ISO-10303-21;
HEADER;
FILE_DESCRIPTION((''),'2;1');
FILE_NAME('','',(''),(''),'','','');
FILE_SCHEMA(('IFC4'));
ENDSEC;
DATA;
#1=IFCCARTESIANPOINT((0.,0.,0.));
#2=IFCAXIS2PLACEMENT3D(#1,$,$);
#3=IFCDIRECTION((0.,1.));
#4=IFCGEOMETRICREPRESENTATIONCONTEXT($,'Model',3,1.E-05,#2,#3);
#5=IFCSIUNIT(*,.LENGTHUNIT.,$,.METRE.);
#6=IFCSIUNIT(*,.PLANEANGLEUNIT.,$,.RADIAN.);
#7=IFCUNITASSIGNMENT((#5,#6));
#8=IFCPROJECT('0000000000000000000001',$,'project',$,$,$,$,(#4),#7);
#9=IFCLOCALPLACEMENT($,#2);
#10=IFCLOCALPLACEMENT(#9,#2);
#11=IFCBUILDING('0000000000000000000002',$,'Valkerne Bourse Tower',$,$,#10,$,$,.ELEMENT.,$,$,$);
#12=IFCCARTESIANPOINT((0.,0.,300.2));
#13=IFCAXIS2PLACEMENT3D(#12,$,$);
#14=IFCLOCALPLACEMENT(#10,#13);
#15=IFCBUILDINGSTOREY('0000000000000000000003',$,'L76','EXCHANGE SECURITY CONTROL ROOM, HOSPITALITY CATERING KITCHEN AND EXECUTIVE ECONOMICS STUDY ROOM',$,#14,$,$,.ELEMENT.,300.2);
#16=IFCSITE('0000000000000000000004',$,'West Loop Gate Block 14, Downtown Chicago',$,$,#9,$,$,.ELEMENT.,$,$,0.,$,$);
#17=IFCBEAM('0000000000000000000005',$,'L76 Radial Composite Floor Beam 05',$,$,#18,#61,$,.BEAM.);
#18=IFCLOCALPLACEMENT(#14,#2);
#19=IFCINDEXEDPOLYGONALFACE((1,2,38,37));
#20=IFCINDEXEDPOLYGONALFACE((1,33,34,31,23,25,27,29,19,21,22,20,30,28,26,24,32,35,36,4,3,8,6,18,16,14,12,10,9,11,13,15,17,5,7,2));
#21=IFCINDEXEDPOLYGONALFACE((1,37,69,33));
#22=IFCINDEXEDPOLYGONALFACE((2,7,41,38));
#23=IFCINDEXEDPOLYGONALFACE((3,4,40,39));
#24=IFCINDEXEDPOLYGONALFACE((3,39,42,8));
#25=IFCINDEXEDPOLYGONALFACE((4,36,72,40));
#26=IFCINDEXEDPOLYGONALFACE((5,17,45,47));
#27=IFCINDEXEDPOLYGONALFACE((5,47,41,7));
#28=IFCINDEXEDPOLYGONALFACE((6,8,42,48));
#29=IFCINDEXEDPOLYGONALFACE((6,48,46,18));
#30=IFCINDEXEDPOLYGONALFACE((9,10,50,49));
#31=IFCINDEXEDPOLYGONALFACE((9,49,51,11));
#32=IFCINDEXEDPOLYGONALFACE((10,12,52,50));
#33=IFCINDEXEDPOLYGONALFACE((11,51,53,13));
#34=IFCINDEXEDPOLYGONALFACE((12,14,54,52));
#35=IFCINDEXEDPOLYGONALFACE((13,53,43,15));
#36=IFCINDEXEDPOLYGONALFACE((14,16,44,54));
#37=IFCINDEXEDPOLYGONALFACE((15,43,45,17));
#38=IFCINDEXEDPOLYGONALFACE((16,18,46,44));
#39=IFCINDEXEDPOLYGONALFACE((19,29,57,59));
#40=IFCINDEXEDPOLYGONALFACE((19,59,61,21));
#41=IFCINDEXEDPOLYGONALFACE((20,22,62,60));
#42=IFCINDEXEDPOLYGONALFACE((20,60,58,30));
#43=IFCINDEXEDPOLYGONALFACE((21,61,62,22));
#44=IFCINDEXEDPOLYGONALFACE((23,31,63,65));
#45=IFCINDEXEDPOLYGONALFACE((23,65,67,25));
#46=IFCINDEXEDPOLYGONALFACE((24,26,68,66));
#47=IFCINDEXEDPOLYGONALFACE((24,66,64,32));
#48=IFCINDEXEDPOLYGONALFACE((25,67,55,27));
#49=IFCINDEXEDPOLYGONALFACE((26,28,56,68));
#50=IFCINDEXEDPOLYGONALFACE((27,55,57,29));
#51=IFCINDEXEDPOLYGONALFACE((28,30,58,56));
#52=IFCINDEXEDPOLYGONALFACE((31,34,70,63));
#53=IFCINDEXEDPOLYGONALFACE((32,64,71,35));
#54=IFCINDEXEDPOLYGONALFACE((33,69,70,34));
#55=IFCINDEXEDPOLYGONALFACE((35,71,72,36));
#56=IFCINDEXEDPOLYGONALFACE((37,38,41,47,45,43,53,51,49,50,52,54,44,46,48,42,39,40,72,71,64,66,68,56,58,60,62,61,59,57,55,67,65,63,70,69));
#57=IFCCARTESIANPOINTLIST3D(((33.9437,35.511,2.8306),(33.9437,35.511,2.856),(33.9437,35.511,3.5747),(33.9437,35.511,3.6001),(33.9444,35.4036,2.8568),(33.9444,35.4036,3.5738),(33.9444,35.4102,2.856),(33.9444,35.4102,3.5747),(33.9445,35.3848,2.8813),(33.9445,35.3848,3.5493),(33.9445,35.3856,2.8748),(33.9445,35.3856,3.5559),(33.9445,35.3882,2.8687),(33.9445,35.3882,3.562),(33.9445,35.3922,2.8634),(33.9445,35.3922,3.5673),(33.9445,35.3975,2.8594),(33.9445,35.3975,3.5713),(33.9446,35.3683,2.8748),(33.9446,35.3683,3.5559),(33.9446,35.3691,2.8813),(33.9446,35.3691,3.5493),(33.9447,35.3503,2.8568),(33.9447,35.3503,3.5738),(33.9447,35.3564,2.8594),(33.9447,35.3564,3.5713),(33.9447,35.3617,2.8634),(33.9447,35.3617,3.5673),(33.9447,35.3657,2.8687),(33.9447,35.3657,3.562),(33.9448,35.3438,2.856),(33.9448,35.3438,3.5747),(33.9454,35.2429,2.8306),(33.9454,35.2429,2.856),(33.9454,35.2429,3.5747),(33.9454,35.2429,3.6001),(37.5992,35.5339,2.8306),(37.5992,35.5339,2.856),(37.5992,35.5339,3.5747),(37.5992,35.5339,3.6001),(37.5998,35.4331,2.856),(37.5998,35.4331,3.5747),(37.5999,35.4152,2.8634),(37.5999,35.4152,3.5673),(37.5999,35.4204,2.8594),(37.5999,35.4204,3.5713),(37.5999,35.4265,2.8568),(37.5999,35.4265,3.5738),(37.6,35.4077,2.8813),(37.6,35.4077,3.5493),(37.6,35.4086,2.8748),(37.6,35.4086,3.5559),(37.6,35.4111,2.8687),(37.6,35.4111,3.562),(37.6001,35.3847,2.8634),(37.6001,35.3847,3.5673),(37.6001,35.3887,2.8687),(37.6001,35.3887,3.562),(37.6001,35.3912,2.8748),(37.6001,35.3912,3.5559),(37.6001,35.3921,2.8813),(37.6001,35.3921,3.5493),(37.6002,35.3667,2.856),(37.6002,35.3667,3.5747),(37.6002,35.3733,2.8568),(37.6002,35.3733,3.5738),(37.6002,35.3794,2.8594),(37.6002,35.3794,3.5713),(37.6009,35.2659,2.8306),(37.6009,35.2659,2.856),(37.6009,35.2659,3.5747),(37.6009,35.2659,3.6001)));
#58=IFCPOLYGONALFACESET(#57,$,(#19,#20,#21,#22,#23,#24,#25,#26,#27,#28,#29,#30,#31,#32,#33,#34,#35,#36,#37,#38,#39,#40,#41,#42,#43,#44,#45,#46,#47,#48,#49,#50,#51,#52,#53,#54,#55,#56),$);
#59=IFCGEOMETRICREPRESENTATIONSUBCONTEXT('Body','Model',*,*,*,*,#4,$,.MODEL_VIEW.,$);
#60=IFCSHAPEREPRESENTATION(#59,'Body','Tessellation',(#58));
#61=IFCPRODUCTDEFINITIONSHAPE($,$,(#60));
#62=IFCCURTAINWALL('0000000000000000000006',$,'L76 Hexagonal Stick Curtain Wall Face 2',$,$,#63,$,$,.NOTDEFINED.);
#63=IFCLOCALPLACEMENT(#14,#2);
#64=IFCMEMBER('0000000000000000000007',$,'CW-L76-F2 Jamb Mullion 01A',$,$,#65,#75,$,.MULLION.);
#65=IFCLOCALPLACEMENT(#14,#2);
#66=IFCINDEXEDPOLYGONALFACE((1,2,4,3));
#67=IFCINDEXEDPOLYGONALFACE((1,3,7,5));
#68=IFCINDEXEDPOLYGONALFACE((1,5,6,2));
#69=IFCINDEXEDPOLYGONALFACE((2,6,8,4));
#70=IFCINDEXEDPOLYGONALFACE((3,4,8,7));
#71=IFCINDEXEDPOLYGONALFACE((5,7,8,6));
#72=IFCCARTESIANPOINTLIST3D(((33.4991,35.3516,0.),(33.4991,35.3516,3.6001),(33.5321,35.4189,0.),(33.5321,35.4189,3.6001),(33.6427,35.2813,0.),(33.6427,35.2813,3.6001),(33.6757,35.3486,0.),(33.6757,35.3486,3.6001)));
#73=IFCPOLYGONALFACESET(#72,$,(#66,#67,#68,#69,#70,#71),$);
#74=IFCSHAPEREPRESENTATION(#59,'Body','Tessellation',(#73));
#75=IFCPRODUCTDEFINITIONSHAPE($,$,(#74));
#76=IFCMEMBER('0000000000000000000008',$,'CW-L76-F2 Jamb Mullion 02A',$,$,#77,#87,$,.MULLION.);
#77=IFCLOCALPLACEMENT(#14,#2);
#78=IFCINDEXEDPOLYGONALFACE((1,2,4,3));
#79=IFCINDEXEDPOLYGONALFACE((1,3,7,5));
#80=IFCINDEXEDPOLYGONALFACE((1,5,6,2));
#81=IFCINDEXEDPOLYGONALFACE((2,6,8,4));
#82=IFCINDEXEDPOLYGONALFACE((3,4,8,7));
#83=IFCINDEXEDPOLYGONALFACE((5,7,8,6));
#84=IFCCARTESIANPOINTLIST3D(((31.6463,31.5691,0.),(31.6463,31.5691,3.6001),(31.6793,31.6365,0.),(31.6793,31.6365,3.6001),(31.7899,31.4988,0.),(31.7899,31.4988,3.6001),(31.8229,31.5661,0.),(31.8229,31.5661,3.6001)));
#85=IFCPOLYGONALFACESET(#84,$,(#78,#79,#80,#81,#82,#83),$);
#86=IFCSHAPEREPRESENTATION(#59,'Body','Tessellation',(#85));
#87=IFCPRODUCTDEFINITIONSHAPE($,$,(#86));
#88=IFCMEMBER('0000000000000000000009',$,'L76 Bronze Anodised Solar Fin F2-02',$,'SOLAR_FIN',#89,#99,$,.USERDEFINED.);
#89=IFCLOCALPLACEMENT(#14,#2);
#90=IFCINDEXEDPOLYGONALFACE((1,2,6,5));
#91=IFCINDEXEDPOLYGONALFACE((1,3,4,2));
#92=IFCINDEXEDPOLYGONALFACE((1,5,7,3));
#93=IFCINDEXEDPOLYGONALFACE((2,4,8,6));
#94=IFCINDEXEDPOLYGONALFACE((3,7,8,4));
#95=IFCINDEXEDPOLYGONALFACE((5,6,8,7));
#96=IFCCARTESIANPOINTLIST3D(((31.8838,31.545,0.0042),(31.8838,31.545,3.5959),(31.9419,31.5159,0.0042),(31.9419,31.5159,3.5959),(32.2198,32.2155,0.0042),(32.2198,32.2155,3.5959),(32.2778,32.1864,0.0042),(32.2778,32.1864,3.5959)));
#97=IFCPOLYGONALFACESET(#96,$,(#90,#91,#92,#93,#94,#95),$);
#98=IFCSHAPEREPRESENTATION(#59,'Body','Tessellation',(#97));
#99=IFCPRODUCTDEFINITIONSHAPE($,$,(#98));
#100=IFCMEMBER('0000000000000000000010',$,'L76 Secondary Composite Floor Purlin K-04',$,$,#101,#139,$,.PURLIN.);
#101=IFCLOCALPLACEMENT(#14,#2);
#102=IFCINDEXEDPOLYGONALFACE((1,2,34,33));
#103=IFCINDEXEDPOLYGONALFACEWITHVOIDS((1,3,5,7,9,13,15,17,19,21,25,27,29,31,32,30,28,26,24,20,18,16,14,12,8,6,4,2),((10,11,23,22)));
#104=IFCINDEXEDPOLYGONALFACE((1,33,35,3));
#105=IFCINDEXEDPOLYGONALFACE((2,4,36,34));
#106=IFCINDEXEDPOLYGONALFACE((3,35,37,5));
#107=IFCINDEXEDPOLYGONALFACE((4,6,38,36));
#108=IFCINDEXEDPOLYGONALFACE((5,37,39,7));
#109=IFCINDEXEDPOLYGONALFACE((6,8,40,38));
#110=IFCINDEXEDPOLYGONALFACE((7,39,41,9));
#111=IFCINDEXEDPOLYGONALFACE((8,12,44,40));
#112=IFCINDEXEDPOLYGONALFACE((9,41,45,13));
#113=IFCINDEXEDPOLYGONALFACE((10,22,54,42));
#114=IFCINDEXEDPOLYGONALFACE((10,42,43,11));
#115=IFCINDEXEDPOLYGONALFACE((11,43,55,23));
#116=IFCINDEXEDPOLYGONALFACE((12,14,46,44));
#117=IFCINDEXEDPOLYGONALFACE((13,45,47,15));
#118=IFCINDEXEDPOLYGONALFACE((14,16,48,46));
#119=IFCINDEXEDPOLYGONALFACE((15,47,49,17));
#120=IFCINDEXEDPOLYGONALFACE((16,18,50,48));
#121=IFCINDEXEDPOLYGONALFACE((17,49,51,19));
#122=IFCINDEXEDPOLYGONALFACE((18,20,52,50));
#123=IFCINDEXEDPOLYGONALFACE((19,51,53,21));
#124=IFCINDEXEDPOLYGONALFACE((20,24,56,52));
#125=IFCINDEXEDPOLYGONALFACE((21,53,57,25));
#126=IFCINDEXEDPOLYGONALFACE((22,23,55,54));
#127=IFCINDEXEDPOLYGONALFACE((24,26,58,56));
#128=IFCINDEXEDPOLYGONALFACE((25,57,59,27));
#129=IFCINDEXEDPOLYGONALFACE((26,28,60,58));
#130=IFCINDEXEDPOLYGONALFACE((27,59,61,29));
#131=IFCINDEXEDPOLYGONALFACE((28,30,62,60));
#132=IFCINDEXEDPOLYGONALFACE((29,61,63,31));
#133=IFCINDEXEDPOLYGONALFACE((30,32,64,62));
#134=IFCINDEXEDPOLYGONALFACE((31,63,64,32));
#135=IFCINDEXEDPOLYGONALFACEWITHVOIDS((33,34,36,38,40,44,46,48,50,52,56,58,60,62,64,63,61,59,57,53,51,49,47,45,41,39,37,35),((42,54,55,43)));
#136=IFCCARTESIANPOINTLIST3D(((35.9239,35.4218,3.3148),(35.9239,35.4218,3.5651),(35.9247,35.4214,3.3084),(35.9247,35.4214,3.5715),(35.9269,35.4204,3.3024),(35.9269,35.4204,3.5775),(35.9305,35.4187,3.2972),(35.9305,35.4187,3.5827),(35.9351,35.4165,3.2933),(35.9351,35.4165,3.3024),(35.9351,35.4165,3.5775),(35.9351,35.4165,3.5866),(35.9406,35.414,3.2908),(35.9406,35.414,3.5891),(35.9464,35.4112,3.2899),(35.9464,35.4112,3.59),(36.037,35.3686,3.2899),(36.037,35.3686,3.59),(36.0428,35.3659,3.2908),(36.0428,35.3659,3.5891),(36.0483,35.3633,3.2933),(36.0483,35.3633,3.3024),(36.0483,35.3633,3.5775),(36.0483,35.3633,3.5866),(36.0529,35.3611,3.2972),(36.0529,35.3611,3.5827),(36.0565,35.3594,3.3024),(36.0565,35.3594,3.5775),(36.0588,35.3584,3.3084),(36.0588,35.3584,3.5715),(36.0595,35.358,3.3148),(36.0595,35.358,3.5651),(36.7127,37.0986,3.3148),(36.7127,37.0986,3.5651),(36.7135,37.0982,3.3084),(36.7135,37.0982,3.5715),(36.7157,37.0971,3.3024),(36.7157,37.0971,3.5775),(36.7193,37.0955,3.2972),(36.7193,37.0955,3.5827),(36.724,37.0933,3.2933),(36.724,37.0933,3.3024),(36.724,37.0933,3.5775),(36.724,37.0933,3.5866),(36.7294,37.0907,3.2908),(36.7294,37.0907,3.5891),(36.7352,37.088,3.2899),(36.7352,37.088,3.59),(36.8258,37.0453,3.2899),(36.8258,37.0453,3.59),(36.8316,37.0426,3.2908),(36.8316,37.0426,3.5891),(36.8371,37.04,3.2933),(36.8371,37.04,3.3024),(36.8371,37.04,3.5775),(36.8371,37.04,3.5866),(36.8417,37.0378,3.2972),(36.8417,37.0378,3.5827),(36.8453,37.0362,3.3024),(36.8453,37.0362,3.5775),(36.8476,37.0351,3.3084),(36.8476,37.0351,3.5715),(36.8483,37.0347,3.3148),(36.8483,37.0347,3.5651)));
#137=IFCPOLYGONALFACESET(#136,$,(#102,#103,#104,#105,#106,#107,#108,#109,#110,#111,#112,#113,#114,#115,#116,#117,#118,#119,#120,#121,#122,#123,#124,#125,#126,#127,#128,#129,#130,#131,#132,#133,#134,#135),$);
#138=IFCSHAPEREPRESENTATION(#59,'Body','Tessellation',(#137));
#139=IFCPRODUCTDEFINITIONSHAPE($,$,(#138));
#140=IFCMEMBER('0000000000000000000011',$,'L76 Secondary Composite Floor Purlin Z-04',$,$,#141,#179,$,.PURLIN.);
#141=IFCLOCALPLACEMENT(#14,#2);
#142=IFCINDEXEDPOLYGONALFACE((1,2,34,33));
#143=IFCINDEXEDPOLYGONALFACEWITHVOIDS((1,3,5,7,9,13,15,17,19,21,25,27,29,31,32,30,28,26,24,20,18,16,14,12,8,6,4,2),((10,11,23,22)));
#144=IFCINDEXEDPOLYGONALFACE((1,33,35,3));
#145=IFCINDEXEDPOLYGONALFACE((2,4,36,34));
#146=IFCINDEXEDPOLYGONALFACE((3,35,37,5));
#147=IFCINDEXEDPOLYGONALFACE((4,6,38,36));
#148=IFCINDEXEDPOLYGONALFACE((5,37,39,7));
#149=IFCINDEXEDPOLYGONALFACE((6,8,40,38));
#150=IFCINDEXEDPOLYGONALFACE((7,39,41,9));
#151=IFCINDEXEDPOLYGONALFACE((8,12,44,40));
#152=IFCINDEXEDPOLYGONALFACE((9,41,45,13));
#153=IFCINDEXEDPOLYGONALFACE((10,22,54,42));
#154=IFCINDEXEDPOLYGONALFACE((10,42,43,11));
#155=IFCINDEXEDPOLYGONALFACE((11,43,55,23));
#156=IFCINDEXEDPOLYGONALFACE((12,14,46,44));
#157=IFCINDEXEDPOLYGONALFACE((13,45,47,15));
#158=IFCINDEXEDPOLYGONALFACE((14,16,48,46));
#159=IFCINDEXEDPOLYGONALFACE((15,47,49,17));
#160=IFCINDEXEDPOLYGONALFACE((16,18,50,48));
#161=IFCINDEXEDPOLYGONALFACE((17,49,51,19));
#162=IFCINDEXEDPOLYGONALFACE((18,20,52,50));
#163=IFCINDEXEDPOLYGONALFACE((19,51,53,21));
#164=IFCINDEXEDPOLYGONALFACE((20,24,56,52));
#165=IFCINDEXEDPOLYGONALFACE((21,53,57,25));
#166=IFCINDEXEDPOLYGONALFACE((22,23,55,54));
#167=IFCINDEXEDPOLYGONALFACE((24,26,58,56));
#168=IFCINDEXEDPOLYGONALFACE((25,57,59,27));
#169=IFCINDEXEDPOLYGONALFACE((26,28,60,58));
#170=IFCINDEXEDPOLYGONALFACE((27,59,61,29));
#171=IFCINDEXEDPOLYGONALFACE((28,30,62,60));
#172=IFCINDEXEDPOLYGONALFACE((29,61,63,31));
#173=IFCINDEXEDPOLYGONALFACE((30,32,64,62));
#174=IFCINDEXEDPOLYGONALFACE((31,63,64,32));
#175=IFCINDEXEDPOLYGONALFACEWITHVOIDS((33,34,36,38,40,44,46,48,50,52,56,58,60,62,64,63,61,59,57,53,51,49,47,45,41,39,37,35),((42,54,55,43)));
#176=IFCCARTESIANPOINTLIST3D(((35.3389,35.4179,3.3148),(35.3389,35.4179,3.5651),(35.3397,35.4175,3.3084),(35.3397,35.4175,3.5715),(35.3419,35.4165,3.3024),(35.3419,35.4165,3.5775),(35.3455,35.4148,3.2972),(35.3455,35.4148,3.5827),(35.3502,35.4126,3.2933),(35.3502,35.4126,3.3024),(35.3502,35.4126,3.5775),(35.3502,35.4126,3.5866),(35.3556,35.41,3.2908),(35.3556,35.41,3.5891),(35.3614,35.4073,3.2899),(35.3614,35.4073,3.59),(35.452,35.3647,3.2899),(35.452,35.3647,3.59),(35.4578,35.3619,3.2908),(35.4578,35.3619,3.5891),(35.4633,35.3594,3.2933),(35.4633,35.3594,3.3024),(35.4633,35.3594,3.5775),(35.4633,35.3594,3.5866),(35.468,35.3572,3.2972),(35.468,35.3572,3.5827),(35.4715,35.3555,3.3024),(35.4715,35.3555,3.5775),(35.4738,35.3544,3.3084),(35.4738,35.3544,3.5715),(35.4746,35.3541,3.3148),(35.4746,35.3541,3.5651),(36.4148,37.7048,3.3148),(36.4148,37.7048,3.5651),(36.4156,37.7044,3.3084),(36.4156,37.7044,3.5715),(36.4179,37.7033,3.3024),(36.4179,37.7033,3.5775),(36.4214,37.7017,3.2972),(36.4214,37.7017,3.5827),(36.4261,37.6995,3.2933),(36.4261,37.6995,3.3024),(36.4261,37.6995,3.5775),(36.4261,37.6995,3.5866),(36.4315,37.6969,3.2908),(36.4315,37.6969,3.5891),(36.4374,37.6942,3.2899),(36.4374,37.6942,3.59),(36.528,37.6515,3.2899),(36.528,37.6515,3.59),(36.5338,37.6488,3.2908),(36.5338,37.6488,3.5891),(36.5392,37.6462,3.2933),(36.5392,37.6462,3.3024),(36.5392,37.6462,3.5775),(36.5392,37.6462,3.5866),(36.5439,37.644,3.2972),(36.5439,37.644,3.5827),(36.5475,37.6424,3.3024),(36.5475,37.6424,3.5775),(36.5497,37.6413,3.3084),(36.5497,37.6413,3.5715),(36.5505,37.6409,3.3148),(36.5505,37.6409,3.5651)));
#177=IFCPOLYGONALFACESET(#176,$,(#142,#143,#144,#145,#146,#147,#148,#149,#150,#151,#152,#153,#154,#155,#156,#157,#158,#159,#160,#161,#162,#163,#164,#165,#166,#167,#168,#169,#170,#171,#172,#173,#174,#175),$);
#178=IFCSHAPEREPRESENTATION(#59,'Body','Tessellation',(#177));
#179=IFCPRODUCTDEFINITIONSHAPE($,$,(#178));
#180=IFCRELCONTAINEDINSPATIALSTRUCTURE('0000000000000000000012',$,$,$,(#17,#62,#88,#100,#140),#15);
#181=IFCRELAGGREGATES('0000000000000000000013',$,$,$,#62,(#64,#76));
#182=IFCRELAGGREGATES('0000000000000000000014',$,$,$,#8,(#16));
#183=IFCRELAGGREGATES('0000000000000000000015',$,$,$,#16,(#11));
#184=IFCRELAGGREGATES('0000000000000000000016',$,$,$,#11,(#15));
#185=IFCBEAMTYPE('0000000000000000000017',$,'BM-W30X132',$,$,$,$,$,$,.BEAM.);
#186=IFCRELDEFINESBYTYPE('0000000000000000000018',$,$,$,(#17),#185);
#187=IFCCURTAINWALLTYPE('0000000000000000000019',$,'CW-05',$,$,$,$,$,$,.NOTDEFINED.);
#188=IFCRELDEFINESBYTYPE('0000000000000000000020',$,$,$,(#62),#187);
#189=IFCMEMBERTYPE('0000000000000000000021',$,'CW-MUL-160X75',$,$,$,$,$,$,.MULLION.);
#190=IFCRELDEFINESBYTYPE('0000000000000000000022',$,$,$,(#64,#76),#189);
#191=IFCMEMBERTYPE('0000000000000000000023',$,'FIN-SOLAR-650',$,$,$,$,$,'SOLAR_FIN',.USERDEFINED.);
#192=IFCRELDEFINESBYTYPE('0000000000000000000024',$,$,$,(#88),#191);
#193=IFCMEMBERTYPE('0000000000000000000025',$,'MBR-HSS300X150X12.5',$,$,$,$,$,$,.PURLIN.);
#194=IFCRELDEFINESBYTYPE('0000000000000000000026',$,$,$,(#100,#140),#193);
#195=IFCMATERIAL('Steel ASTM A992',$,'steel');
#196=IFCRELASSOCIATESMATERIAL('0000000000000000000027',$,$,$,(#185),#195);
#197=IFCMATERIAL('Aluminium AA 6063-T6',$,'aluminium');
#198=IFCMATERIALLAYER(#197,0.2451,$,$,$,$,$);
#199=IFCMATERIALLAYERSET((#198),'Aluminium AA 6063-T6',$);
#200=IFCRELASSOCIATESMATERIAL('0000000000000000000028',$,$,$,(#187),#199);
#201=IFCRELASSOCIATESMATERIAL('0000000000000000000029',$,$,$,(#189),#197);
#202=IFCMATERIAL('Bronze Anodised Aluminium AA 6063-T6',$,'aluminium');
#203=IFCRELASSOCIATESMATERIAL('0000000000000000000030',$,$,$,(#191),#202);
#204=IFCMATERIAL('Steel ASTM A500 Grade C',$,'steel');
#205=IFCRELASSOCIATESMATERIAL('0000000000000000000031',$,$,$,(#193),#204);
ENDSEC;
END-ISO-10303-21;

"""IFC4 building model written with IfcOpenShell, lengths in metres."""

from ifc_helpers import new_model, si_unit, direction, frame, origin, origin_2d, place, context, subcontext, project, spatial, rectangle, hollow_rectangle, i_section, extrude, material, layer, layer_set, material_profile, profile_set, type_object, element, aggregate, save


model = new_model("IFC4")

# Units and contexts
model_context = context("Model", 3, precision=1e-05, world=origin(), true_north=direction((0.0, 1.0)))
body_context = subcontext(model_context, "Body", "Model", "MODEL_VIEW")
ifc_project = project(units=[si_unit("LENGTHUNIT", "METRE"), si_unit("PLANEANGLEUNIT", "RADIAN")], contexts=[model_context])

# Site, building, storey
site_placement = place(None, origin())
site = spatial("IfcSite", under=ifc_project, at=site_placement, Name="West Loop Gate Block 14, Downtown Chicago", CompositionType="ELEMENT", RefElevation=0.0)
building_placement = place(site_placement, origin())
building = spatial("IfcBuilding", under=site, at=building_placement, Name="Valkerne Bourse Tower", CompositionType="ELEMENT")
storey_placement = place(building_placement, frame((0.0, 0.0, 300.2)))
storey = spatial("IfcBuildingStorey", under=building, at=storey_placement, Name="L76", Description="EXCHANGE SECURITY CONTROL ROOM, HOSPITALITY CATERING KITCHEN AND EXECUTIVE ECONOMICS STUDY ROOM", CompositionType="ELEMENT", Elevation=300.2)

# Beam
ifc_material_1 = material(Name="Steel ASTM A992", Category="steel")
ifc_material_profile_1 = material_profile(ifc_material_1, i_section(OverallWidth=0.2681, OverallDepth=0.7695, WebThickness=0.0156, FlangeThickness=0.0254, FilletRadius=0.0254, at=origin_2d()), Name="W30X132")
ifc_profile_set_1 = profile_set([ifc_material_profile_1], Name="Steel ASTM A992")
beam_type_1 = type_object("IfcBeamType", Name="BM-W30X132", PredefinedType="BEAM", material=ifc_profile_set_1)
beam_1_placement = place(storey_placement, frame((33.9446, 35.377, 3.2153), z_axis=(0.99998, 0.006278, 0.0), x_axis=(-0.006278, 0.99998, 0.0)))
element("IfcBeam", 1, at=beam_1_placement, inside=storey, type_object=beam_type_1, Name="L76 Radial Composite Floor Beam 05", PredefinedType="BEAM", context=body_context, shape_type="SweptSolid", body=[
    extrude(i_section(OverallWidth=0.2681, OverallDepth=0.7695, WebThickness=0.0156, FlangeThickness=0.0254, FilletRadius=0.0254, at=origin_2d()), origin(), (0.0, 0.0, 1.0), 3.6555),
])

# Curtain wall, members
ifc_material_2 = material(Name="Aluminium AA 6063-T6", Category="aluminium")
ifc_layer_1 = layer(ifc_material_2, 0.2451)
ifc_layer_set_1 = layer_set([ifc_layer_1], Name="Aluminium AA 6063-T6")
curtain_wall_type = type_object("IfcCurtainWallType", Name="CW-05", PredefinedType="NOTDEFINED", material=ifc_layer_set_1)
curtain_wall_placement = place(storey_placement, origin())
curtain_wall = element("IfcCurtainWall", 2, at=curtain_wall_placement, inside=storey, type_object=curtain_wall_type, Name="L76 Hexagonal Stick Curtain Wall Face 2", PredefinedType="NOTDEFINED")
ifc_material_profile_2 = material_profile(ifc_material_2, rectangle(XDim=0.075, YDim=0.1599, at=origin_2d()), Name="CWM-75X160")
ifc_profile_set_2 = profile_set([ifc_material_profile_2], Name="Aluminium AA 6063-T6")
member_type_1 = type_object("IfcMemberType", Name="CW-MUL-160X75", PredefinedType="MULLION", material=ifc_profile_set_2)
member_1_placement = place(storey_placement, frame((33.5874, 35.3501, 0.0), z_axis=(0.0, 0.0, 1.0), x_axis=(-0.439934, -0.89803, 0.0)))
member_1 = element("IfcMember", 3, at=member_1_placement, type_object=member_type_1, Name="CW-L76-F2 Jamb Mullion 01A", PredefinedType="MULLION", context=body_context, shape_type="SweptSolid", body=[
    extrude(rectangle(XDim=0.075, YDim=0.1599, at=origin_2d()), origin(), (0.0, 0.0, 1.0), 3.6001),
])
member_2_placement = place(storey_placement, frame((31.7346, 31.5676, 0.0), z_axis=(0.0, 0.0, 1.0), x_axis=(-0.439934, -0.89803, 0.0)))
member_2 = element("IfcMember", 4, at=member_2_placement, type_object=member_type_1, Name="CW-L76-F2 Jamb Mullion 02A", PredefinedType="MULLION", context=body_context, shape_type="SweptSolid", body=[
    extrude(rectangle(XDim=0.075, YDim=0.1599, at=origin_2d()), origin(), (0.0, 0.0, 1.0), 3.6001),
])

# Members
ifc_material_3 = material(Name="Bronze Anodised Aluminium AA 6063-T6", Category="aluminium")
ifc_material_profile_3 = material_profile(ifc_material_3, rectangle(XDim=0.0649, YDim=0.75, at=origin_2d()), Name="FIN-65X750")
ifc_profile_set_3 = profile_set([ifc_material_profile_3], Name="Bronze Anodised Aluminium AA 6063-T6")
member_type_2 = type_object("IfcMemberType", Name="FIN-SOLAR-650", ElementType="SOLAR_FIN", PredefinedType="USERDEFINED", material=ifc_profile_set_3)
member_3_placement = place(storey_placement, frame((32.0808, 31.8657, 0.0042), z_axis=(0.0, 0.0, 1.0), x_axis=(-0.894056, 0.447956, 0.0)))
element("IfcMember", 5, at=member_3_placement, inside=storey, type_object=member_type_2, Name="L76 Bronze Anodised Solar Fin F2-02", ObjectType="SOLAR_FIN", PredefinedType="USERDEFINED", context=body_context, shape_type="SweptSolid", body=[
    extrude(rectangle(XDim=0.0649, YDim=0.75, at=origin_2d()), origin(), (0.0, 0.0, 1.0), 3.5918),
])
ifc_material_4 = material(Name="Steel ASTM A500 Grade C", Category="steel")
ifc_material_profile_4 = material_profile(ifc_material_4, hollow_rectangle(XDim=0.1499, YDim=0.3, WallThickness=0.0125, OuterFilletRadius=0.0249, at=origin_2d()), Name="HSS300X150X12.5")
ifc_profile_set_4 = profile_set([ifc_material_profile_4], Name="Steel ASTM A500 Grade C")
member_type_3 = type_object("IfcMemberType", Name="MBR-HSS300X150X12.5", PredefinedType="PURLIN", material=ifc_profile_set_4)
member_4_placement = place(storey_placement, frame((36.7805, 37.0667, 3.4399), z_axis=(-0.425689, -0.904869, 0.0), x_axis=(0.904869, -0.425689, 0.0)))
element("IfcMember", 6, at=member_4_placement, inside=storey, type_object=member_type_3, Name="L76 Secondary Composite Floor Purlin K-04", PredefinedType="PURLIN", context=body_context, shape_type="SweptSolid", body=[
    extrude(hollow_rectangle(XDim=0.1499, YDim=0.3, WallThickness=0.0125, OuterFilletRadius=0.0249, at=origin_2d()), origin(), (0.0, 0.0, 1.0), 1.853),
])
member_5_placement = place(storey_placement, frame((36.4827, 37.6729, 3.4399), z_axis=(-0.425718, -0.904856, 0.0), x_axis=(0.904856, -0.425718, 0.0)))
element("IfcMember", 7, at=member_5_placement, inside=storey, type_object=member_type_3, Name="L76 Secondary Composite Floor Purlin Z-04", PredefinedType="PURLIN", context=body_context, shape_type="SweptSolid", body=[
    extrude(hollow_rectangle(XDim=0.1499, YDim=0.3, WallThickness=0.0125, OuterFilletRadius=0.0249, at=origin_2d()), origin(), (0.0, 0.0, 1.0), 2.5273),
])

aggregate(curtain_wall, [member_1, member_2])

save(model, "model.ifc")
